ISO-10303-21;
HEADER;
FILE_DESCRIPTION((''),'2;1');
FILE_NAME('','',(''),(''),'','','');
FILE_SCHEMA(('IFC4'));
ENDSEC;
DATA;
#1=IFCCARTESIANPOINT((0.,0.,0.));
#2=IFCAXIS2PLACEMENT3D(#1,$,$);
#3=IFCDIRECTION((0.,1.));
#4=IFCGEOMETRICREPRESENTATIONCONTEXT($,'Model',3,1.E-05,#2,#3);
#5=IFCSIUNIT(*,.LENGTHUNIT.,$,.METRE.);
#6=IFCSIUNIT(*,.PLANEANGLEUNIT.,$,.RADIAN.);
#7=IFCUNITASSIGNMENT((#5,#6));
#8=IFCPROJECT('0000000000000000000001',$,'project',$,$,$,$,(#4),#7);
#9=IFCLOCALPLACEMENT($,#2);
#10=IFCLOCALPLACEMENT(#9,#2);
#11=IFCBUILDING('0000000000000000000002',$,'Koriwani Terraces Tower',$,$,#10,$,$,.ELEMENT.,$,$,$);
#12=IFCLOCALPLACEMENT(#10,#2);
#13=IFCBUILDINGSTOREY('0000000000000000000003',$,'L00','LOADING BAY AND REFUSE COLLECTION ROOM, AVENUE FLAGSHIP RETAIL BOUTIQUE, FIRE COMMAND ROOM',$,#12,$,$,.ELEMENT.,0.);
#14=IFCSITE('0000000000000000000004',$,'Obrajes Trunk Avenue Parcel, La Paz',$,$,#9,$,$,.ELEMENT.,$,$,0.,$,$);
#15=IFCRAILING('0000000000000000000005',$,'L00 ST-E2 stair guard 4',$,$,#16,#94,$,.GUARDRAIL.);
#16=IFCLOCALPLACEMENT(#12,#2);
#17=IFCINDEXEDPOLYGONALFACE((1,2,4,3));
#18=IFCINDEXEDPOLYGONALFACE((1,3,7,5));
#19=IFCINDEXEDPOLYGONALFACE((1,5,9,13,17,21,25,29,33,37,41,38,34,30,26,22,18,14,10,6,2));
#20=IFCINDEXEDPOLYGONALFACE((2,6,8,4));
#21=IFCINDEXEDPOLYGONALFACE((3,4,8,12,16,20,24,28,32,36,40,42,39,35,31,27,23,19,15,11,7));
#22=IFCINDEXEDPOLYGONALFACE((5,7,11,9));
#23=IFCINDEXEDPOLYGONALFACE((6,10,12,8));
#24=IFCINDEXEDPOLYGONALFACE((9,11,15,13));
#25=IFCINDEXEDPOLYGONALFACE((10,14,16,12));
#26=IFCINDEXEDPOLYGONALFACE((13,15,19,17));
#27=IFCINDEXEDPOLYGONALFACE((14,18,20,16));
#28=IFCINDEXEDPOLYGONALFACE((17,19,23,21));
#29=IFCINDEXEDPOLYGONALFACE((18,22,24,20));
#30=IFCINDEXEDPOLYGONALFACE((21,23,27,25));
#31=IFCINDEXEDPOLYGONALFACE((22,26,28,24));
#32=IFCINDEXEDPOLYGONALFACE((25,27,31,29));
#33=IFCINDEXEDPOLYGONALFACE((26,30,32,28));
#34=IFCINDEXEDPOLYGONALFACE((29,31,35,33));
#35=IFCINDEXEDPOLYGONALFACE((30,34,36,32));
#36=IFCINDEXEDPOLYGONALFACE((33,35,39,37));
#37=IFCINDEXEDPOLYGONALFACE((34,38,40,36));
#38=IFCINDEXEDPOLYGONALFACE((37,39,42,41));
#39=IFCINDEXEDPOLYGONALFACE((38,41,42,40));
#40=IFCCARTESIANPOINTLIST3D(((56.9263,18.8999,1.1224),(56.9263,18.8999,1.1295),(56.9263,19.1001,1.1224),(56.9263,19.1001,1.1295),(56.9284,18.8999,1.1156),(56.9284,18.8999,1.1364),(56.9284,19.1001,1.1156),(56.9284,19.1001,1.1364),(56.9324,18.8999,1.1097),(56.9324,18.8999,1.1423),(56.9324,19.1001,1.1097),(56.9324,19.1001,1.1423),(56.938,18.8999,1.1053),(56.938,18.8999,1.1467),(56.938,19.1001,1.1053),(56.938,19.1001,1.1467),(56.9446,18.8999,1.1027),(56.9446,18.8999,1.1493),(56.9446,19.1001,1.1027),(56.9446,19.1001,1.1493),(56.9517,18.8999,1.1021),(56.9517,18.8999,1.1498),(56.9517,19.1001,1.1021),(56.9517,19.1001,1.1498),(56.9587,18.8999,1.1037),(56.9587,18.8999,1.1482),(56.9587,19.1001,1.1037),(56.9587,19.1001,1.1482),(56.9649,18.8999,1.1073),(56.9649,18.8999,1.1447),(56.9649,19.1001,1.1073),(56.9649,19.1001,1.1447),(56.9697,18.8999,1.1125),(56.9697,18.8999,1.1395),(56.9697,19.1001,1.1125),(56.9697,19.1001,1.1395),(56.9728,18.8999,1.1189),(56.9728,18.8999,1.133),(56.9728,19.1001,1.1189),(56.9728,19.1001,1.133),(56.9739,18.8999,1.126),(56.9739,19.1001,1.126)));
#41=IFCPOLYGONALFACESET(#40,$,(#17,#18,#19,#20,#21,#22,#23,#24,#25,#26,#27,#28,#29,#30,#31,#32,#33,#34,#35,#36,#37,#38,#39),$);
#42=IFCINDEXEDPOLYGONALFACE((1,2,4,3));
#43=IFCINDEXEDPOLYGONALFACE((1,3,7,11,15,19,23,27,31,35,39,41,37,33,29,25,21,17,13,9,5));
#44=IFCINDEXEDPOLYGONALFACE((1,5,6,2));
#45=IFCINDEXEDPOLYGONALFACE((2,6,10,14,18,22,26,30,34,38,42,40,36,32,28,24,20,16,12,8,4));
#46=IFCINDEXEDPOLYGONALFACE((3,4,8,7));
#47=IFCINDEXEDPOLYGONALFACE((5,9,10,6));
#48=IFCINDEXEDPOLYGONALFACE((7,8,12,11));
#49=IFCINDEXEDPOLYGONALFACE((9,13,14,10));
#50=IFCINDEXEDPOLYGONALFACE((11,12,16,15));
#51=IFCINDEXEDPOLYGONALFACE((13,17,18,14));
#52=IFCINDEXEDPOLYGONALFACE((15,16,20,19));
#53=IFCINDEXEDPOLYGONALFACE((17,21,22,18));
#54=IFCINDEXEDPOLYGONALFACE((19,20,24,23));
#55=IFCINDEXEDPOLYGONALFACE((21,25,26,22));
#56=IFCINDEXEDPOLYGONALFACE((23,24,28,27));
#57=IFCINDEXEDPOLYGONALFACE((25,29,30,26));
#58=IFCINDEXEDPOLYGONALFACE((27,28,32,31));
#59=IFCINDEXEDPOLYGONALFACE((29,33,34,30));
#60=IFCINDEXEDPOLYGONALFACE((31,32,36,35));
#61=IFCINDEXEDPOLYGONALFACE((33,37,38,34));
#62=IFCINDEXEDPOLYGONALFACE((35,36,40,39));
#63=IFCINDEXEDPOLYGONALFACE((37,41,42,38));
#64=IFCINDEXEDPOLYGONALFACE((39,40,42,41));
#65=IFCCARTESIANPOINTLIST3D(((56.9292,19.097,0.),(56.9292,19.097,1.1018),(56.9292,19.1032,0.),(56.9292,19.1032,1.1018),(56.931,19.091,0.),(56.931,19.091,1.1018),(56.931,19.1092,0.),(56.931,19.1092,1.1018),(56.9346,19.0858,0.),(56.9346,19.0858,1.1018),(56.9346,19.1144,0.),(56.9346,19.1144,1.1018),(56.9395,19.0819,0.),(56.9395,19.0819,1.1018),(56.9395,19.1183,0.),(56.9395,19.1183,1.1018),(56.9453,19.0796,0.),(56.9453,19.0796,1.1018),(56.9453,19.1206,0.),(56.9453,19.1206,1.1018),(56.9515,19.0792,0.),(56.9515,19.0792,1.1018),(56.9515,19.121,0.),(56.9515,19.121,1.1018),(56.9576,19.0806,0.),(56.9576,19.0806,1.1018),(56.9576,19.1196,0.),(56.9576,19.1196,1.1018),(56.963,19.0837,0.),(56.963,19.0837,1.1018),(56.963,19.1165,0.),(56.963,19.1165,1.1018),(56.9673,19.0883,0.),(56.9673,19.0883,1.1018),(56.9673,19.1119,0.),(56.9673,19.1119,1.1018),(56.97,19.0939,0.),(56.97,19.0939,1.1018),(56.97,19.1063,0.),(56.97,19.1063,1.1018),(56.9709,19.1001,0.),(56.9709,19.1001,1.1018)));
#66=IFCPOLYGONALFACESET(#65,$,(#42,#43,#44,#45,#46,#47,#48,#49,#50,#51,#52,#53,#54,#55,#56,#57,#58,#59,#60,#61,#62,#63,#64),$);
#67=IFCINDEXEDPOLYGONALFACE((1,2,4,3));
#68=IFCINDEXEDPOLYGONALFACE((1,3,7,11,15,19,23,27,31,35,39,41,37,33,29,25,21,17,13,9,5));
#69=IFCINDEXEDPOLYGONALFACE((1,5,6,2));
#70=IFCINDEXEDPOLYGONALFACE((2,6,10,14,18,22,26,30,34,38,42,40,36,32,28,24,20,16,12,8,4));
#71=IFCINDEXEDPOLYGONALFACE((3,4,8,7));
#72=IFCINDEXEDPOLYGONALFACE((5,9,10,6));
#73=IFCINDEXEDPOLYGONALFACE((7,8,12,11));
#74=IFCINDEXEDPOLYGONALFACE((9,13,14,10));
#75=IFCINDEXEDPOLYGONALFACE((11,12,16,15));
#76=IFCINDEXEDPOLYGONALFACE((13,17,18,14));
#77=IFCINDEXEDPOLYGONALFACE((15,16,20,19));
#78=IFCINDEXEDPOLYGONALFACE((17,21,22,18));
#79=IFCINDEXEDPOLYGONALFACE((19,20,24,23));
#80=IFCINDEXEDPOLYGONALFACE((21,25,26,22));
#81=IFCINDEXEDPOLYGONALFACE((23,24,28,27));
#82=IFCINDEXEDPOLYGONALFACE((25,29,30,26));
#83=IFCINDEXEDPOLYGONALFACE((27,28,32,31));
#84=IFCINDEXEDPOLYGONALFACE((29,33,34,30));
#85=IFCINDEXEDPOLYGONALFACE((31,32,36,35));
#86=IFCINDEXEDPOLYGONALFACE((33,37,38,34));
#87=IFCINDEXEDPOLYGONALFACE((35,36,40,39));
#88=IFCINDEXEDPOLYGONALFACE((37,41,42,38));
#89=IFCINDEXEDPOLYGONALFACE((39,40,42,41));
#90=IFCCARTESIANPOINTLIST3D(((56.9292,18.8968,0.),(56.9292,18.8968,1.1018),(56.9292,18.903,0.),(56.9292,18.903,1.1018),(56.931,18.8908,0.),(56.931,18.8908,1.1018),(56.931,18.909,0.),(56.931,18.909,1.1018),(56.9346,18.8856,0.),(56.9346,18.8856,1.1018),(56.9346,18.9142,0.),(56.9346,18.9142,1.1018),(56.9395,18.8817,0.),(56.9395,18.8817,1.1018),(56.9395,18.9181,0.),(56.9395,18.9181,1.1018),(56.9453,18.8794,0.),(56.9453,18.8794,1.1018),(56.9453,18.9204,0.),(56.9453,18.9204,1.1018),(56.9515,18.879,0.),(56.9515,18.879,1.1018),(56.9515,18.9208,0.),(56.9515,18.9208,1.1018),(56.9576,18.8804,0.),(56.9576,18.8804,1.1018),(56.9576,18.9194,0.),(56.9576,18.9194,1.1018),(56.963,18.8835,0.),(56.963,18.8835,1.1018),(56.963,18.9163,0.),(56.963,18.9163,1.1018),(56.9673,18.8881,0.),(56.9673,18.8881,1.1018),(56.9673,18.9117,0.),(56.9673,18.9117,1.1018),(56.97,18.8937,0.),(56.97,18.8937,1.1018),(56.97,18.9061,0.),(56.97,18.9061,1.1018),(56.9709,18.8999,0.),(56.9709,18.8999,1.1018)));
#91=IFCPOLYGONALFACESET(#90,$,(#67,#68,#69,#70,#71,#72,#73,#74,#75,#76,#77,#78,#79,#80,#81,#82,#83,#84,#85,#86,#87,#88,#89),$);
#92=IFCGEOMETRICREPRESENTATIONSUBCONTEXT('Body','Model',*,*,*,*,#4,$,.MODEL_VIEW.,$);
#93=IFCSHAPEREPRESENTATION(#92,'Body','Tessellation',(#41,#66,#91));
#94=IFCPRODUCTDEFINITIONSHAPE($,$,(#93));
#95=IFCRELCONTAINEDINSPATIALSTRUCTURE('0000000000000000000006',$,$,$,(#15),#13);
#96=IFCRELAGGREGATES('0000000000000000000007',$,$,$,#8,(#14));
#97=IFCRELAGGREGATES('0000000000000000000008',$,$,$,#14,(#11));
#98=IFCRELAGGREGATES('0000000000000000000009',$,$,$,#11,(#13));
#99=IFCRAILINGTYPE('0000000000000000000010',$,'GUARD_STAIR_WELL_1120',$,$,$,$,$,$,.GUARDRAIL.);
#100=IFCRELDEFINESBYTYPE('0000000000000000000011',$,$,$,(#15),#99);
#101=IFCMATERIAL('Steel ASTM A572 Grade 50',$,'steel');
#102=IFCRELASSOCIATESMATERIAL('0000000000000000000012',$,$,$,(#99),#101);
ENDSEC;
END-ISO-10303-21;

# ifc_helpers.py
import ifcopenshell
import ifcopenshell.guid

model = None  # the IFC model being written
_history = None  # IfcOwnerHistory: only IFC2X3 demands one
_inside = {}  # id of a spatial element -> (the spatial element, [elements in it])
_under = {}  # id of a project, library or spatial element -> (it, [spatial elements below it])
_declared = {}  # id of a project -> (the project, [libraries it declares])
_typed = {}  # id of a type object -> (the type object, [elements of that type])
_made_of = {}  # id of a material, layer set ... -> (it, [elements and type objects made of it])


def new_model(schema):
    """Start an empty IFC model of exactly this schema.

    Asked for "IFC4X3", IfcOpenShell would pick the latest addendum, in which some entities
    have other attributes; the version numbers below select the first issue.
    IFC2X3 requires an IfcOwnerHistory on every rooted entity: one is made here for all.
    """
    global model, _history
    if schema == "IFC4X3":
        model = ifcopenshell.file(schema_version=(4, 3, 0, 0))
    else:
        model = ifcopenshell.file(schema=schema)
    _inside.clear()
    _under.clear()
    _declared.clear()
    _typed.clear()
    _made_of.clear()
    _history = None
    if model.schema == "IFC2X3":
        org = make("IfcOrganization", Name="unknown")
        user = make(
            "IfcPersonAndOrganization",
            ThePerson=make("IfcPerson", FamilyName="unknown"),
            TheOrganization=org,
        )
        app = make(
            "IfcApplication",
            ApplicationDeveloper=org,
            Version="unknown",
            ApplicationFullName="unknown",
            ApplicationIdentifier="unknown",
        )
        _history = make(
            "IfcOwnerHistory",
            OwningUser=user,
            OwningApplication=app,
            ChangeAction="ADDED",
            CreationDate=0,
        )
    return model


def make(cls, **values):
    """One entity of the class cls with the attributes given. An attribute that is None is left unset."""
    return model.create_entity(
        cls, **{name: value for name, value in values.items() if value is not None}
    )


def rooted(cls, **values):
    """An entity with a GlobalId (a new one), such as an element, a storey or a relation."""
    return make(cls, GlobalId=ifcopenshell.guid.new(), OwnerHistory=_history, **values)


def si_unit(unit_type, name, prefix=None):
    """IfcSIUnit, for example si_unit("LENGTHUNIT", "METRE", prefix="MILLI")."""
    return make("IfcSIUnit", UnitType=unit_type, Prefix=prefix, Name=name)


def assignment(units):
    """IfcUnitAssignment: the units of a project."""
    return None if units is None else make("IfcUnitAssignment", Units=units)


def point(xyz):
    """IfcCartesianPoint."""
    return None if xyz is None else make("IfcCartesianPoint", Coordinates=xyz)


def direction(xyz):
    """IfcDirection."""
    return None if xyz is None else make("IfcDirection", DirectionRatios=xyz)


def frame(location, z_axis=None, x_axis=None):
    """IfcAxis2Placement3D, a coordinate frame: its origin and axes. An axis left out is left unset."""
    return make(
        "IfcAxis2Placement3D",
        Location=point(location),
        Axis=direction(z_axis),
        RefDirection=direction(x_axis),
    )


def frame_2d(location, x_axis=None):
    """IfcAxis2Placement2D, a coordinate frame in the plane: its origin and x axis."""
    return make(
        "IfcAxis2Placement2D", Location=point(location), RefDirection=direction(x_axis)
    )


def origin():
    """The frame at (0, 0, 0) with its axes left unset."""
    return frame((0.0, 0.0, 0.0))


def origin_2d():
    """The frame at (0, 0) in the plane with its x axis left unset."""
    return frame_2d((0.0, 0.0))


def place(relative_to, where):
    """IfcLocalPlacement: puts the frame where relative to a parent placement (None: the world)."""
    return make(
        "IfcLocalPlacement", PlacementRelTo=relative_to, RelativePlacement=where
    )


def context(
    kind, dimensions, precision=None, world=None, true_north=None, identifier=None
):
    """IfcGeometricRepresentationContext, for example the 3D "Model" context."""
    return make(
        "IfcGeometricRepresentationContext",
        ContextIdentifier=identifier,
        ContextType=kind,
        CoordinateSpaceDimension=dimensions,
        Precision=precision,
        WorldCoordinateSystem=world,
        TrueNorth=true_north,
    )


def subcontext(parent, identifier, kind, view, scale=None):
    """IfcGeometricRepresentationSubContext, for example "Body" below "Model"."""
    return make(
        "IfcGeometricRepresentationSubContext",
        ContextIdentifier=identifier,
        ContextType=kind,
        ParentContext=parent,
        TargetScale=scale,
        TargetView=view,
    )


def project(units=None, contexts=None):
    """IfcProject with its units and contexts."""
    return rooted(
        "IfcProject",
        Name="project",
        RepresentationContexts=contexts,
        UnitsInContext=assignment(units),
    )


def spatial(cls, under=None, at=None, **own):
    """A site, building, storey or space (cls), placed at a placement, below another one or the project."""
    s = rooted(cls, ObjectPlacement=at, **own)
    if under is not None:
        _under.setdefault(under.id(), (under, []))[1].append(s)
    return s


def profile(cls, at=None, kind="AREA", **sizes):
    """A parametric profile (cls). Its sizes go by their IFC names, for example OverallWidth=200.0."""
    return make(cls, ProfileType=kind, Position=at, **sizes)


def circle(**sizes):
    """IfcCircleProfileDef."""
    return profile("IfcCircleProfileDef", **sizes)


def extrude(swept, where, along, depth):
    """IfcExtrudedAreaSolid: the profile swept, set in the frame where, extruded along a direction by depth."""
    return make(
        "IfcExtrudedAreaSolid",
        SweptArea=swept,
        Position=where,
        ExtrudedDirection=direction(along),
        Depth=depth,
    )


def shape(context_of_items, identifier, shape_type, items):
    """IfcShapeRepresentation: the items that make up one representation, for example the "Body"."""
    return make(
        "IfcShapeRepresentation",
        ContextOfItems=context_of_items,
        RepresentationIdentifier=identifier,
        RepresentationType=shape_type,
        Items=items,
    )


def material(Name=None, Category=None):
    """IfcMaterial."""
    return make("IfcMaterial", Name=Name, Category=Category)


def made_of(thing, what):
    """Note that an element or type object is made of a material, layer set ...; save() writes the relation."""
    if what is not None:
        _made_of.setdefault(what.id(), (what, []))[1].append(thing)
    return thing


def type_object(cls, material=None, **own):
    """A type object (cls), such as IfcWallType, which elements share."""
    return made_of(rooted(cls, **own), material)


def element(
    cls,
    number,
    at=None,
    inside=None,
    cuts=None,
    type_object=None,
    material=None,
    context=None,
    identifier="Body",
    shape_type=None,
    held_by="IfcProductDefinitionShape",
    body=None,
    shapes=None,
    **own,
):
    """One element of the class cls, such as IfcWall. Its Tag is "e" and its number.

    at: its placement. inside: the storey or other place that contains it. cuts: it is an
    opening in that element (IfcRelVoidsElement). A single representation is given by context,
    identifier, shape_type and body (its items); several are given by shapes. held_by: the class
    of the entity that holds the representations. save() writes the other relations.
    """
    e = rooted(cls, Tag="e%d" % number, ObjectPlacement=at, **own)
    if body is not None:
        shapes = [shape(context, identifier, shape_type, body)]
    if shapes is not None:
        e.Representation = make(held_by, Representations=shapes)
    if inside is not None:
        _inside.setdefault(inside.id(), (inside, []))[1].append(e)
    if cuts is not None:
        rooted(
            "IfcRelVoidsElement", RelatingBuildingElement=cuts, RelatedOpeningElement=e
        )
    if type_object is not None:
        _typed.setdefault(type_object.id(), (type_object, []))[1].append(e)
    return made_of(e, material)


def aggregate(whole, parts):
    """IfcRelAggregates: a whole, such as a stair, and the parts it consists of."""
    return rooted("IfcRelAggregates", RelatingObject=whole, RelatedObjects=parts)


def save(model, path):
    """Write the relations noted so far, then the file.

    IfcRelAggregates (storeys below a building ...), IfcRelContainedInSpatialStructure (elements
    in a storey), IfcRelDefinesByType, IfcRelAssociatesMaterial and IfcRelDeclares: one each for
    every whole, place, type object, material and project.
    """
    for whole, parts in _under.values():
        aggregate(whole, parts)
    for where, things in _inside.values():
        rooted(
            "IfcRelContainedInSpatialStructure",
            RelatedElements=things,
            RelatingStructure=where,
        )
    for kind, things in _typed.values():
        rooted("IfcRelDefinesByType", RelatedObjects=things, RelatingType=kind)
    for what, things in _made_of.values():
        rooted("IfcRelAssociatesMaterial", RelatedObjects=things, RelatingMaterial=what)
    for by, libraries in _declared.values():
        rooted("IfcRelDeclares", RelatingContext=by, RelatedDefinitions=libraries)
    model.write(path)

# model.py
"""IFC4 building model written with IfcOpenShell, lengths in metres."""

from ifc_helpers import new_model, si_unit, direction, frame, origin, origin_2d, place, context, subcontext, project, spatial, circle, extrude, material, type_object, element, save


model = new_model("IFC4")

# Units and contexts
model_context = context("Model", 3, precision=1e-05, world=origin(), true_north=direction((0.0, 1.0)))
body_context = subcontext(model_context, "Body", "Model", "MODEL_VIEW")
ifc_project = project(units=[si_unit("LENGTHUNIT", "METRE"), si_unit("PLANEANGLEUNIT", "RADIAN")], contexts=[model_context])

# Site, building, storey
site_placement = place(None, origin())
site = spatial("IfcSite", under=ifc_project, at=site_placement, Name="Obrajes Trunk Avenue Parcel, La Paz", CompositionType="ELEMENT", RefElevation=0.0)
building_placement = place(site_placement, origin())
building = spatial("IfcBuilding", under=site, at=building_placement, Name="Koriwani Terraces Tower", CompositionType="ELEMENT")
storey_placement = place(building_placement, origin())
storey = spatial("IfcBuildingStorey", under=building, at=storey_placement, Name="L00", Description="LOADING BAY AND REFUSE COLLECTION ROOM, AVENUE FLAGSHIP RETAIL BOUTIQUE, FIRE COMMAND ROOM", CompositionType="ELEMENT", Elevation=0.0)

# Shared definitions
ifc_material_1 = material(Name="Steel ASTM A572 Grade 50", Category="steel")

# Railing
railing_type_1 = type_object("IfcRailingType", Name="GUARD_STAIR_WELL_1120", PredefinedType="GUARDRAIL", material=ifc_material_1)
railing_1_placement = place(storey_placement, frame((56.95, 19.1001, 0.0)))
element("IfcRailing", 1, at=railing_1_placement, inside=storey, type_object=railing_type_1, Name="L00 ST-E2 stair guard 4", PredefinedType="GUARDRAIL", context=body_context, shape_type="SweptSolid", body=[
    extrude(circle(Radius=0.0239, at=origin_2d()), frame((0.0, 0.0, 1.126), z_axis=(0.0, -1.0, 0.0), x_axis=(1.0, 0.0, 0.0)), (0.0, 0.0, 1.0), 0.2002),
    extrude(circle(Radius=0.021, at=origin_2d()), origin(), (0.0, 0.0, 1.0), 1.1018),
    extrude(circle(Radius=0.021, at=origin_2d()), frame((0.0, -0.2002, 0.0)), (0.0, 0.0, 1.0), 1.1018),
])

save(model, "model.ifc")
